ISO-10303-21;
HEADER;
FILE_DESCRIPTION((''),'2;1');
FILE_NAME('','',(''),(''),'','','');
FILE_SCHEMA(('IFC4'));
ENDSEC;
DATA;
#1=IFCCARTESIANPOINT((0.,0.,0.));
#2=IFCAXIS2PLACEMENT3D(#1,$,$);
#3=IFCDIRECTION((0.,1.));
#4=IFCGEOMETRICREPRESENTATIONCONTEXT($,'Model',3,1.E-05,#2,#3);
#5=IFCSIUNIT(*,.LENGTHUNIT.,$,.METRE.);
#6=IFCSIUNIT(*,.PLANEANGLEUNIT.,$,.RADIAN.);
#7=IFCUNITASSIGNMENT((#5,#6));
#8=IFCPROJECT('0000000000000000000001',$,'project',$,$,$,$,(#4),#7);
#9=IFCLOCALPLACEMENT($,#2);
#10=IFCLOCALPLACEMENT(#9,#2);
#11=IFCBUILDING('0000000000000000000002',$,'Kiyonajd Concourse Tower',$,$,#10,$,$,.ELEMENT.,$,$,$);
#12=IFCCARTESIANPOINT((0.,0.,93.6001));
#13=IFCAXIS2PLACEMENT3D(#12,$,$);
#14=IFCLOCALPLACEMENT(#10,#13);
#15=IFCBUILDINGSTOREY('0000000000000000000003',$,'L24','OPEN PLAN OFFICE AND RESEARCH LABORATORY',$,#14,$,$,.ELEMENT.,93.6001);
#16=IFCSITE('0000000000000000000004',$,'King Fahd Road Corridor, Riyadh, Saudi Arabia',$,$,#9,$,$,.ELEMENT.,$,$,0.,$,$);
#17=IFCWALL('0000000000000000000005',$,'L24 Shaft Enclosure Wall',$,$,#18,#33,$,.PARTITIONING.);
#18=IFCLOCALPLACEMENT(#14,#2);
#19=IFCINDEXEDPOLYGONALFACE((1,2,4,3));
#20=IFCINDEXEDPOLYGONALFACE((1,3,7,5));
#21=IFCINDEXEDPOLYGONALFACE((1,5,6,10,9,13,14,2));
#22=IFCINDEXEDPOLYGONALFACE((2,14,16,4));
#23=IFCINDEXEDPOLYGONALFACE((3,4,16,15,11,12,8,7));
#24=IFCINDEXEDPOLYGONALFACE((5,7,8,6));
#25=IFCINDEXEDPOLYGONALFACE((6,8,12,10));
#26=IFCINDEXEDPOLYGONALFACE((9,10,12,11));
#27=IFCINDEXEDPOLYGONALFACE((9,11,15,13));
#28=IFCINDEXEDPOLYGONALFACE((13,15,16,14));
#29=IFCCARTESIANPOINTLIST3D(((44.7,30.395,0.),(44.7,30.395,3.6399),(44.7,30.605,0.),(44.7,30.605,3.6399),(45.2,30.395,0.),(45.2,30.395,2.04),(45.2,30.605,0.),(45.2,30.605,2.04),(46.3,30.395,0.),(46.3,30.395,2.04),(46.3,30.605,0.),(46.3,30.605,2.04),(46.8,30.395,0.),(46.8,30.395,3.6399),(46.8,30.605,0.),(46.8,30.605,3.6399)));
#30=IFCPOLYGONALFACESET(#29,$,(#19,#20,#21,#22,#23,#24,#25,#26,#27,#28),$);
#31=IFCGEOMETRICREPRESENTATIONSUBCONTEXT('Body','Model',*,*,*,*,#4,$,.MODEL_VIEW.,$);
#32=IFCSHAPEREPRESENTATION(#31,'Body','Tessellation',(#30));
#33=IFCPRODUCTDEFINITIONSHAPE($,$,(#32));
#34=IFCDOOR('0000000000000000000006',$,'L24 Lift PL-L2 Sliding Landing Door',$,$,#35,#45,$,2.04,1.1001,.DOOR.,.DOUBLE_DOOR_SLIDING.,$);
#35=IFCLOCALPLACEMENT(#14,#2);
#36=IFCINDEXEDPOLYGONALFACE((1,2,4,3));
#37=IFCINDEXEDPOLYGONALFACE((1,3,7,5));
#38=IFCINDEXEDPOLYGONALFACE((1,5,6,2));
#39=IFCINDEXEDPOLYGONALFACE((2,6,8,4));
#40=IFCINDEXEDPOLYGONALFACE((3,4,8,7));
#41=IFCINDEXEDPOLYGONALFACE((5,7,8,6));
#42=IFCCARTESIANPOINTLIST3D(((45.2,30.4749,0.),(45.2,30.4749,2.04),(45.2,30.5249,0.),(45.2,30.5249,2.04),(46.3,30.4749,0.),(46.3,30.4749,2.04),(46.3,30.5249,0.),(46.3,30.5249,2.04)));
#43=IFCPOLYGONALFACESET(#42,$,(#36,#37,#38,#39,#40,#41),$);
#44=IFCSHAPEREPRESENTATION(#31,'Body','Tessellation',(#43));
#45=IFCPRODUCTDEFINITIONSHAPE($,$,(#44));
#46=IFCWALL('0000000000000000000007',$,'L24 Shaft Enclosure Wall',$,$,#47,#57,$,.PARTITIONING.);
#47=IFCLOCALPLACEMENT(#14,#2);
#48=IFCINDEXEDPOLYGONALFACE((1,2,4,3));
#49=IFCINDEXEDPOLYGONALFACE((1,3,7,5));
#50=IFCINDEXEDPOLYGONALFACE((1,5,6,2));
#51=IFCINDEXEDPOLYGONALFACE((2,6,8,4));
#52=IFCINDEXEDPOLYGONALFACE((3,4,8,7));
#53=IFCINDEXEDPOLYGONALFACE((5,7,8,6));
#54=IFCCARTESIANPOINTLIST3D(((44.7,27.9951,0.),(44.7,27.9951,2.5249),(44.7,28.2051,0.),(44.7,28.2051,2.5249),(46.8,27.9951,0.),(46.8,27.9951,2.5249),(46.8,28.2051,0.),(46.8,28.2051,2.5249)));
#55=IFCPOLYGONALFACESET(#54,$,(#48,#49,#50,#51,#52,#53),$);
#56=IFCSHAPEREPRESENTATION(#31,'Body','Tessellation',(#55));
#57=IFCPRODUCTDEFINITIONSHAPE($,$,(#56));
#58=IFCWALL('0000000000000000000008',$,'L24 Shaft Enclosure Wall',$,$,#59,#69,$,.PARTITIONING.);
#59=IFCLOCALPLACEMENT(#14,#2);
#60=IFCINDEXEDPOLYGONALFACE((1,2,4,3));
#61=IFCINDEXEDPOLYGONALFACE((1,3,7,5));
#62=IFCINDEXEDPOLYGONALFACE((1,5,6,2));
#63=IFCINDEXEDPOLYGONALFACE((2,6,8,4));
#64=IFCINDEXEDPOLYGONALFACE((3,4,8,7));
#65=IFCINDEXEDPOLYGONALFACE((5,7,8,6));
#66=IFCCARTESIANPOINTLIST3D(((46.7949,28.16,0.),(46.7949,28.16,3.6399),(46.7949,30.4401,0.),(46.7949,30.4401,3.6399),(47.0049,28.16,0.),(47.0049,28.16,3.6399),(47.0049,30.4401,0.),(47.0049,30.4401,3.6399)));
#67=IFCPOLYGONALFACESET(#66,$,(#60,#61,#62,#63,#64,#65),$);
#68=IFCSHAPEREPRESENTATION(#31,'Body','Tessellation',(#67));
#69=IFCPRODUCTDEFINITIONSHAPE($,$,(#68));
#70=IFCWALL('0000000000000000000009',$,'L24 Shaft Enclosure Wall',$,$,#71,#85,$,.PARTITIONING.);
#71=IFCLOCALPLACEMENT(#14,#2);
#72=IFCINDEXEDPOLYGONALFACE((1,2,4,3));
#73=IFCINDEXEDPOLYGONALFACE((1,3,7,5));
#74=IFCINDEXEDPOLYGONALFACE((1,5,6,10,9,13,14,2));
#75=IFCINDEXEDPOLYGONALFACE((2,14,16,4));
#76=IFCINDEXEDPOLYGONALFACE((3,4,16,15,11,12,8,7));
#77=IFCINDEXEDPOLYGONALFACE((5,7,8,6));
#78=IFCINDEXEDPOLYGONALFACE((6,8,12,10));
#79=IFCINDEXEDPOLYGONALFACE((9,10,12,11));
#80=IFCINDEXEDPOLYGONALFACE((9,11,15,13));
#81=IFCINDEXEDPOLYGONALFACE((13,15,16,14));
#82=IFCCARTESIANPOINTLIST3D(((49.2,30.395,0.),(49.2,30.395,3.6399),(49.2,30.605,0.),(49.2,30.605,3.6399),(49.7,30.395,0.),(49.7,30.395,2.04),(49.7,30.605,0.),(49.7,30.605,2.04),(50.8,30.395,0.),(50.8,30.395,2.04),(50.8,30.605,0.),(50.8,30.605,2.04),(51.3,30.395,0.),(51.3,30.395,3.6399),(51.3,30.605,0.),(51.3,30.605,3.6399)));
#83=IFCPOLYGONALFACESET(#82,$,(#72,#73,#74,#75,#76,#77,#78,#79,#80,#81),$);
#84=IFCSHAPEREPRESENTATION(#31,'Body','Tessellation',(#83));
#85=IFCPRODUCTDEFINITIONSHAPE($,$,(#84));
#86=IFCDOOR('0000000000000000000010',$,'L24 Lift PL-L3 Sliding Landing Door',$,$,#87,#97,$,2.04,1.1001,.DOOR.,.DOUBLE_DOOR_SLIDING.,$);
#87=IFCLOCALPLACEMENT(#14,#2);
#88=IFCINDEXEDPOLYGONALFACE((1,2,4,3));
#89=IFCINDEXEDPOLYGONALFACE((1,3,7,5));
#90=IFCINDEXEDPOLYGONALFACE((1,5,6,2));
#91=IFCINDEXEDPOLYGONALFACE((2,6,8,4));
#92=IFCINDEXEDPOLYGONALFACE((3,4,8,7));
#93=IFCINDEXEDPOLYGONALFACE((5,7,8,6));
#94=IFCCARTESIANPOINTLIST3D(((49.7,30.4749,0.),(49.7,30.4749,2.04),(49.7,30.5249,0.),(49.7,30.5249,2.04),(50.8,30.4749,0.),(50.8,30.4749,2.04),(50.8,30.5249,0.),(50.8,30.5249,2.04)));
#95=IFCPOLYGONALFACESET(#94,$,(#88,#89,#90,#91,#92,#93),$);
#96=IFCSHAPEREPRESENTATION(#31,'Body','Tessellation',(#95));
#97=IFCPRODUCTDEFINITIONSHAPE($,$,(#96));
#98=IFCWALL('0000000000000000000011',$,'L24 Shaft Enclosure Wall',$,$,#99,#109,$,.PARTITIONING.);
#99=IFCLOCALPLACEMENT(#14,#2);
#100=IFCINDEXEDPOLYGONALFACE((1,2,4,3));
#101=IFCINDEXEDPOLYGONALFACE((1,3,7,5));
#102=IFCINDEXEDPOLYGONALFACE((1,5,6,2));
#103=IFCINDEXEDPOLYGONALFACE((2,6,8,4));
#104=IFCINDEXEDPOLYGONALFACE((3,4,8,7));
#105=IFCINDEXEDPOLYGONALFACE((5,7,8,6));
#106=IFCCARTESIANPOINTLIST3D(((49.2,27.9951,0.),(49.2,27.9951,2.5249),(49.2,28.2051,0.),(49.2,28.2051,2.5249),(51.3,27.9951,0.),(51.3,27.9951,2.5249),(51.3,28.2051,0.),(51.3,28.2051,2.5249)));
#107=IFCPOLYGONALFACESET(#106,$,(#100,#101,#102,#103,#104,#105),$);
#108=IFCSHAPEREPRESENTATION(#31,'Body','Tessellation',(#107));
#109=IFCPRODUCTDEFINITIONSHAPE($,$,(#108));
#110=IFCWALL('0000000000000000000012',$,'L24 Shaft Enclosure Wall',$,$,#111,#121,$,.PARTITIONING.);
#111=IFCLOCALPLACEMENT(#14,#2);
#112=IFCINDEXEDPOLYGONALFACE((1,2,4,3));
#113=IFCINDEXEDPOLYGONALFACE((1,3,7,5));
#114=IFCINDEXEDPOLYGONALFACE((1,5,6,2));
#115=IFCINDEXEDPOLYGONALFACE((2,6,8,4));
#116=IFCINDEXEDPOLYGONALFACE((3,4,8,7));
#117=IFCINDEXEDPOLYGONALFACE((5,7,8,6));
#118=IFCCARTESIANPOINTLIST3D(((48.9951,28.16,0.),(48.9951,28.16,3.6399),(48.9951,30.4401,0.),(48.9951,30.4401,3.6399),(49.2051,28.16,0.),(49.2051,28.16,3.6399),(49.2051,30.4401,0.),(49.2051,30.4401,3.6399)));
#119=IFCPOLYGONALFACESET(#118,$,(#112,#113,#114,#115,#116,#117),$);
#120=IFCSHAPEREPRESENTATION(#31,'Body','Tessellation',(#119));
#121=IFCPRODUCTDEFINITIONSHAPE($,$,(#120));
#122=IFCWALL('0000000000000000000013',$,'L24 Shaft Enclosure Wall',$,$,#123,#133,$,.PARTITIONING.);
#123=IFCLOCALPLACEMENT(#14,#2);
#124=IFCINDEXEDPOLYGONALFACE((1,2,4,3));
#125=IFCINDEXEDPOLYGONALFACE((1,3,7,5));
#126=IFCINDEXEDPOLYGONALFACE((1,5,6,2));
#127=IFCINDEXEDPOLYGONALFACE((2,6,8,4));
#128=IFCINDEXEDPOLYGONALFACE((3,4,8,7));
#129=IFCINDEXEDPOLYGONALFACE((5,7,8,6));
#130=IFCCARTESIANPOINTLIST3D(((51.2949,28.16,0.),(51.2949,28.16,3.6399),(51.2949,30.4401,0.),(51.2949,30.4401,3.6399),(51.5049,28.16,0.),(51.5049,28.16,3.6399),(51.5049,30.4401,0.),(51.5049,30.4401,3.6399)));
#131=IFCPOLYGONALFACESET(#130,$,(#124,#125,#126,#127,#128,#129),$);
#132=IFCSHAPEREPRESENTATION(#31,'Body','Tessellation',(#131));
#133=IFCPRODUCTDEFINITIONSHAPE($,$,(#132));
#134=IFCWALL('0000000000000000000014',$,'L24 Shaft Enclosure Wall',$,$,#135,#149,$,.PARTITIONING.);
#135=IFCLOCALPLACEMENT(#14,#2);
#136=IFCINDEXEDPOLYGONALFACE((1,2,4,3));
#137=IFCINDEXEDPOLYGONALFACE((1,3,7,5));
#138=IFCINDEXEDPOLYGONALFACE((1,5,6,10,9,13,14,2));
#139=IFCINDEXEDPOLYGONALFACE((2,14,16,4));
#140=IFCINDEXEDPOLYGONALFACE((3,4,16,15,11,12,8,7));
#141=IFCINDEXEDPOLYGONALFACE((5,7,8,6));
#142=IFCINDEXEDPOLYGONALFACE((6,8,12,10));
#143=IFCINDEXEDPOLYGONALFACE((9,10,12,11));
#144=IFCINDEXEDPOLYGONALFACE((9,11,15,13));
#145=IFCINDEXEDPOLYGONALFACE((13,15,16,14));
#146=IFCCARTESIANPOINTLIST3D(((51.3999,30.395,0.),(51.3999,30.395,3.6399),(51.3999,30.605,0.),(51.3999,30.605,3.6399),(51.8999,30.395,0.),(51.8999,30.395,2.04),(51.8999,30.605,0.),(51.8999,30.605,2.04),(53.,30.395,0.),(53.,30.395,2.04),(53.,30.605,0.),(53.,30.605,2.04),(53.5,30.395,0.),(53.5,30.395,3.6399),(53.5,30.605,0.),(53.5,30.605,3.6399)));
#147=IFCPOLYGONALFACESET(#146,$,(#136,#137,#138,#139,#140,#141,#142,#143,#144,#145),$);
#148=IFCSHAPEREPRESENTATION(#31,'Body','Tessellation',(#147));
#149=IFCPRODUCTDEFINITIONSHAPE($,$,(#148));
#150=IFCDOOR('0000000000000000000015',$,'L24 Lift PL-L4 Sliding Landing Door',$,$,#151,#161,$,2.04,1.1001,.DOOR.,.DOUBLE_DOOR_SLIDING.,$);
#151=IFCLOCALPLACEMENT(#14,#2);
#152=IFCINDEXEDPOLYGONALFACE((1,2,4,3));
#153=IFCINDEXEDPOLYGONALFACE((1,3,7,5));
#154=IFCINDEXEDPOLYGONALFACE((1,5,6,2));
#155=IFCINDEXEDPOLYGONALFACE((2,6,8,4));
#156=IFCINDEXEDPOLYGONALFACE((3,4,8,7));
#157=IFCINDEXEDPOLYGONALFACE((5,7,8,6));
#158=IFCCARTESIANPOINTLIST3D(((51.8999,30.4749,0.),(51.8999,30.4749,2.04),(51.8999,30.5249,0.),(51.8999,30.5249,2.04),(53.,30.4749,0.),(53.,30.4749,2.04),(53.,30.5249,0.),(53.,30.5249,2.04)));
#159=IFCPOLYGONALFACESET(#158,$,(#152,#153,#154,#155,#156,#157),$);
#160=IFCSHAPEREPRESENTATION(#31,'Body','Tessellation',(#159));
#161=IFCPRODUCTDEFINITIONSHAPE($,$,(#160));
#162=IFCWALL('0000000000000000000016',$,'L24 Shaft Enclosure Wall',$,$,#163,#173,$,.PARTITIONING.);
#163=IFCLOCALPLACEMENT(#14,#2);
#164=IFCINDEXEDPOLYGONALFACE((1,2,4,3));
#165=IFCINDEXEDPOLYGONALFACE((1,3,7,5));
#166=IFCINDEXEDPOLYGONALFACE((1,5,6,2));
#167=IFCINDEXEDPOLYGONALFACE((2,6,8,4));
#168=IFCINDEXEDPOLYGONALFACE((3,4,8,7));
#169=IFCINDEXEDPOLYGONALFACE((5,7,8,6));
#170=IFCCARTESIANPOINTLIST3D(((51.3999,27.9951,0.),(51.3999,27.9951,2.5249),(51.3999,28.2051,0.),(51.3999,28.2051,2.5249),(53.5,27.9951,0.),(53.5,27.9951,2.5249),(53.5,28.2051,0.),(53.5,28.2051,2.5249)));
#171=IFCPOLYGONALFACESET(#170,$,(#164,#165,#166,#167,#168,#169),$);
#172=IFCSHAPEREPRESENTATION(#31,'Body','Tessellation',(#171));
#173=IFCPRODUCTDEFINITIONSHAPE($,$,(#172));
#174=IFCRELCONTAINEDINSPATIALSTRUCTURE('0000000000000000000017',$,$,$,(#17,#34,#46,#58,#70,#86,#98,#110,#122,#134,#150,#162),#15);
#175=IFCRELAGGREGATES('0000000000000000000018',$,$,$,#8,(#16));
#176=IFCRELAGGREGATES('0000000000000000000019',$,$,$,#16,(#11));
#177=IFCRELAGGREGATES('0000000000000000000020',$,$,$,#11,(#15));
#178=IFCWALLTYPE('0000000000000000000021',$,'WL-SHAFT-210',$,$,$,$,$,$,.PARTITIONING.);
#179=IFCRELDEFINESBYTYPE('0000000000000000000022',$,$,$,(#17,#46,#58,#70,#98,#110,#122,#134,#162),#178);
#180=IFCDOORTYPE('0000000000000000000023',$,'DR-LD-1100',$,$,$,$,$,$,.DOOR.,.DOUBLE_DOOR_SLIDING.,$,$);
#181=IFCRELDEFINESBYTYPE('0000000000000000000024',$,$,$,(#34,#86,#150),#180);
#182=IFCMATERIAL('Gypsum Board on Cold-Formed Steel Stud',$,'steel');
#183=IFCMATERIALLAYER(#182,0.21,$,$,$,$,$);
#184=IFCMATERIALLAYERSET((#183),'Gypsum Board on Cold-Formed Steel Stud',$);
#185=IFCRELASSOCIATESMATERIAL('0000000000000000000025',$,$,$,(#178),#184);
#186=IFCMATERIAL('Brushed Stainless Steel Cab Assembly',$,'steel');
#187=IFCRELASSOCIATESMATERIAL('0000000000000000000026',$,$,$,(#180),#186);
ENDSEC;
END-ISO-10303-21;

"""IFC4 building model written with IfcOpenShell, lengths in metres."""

from ifc_helpers import new_model, si_unit, direction, frame, frame_2d, origin, place, context, subcontext, project, spatial, rectangle, extrude, material, layer, layer_set, type_object, element, fill, save


model = new_model("IFC4")

# Units and contexts
model_context = context("Model", 3, precision=1e-05, world=origin(), true_north=direction((0.0, 1.0)))
body_context = subcontext(model_context, "Body", "Model", "MODEL_VIEW")
ifc_project = project(units=[si_unit("LENGTHUNIT", "METRE"), si_unit("PLANEANGLEUNIT", "RADIAN")], contexts=[model_context])

# Site, building, storey
site_placement = place(None, origin())
site = spatial("IfcSite", under=ifc_project, at=site_placement, Name="King Fahd Road Corridor, Riyadh, Saudi Arabia", CompositionType="ELEMENT", RefElevation=0.0)
building_placement = place(site_placement, origin())
building = spatial("IfcBuilding", under=site, at=building_placement, Name="Kiyonajd Concourse Tower", CompositionType="ELEMENT")
storey_placement = place(building_placement, frame((0.0, 0.0, 93.6001)))
storey = spatial("IfcBuildingStorey", under=building, at=storey_placement, Name="L24", Description="OPEN PLAN OFFICE AND RESEARCH LABORATORY", CompositionType="ELEMENT", Elevation=93.6001)

# Shared definitions
ifc_material_1 = material(Name="Brushed Stainless Steel Cab Assembly", Category="steel")
ifc_material_2 = material(Name="Gypsum Board on Cold-Formed Steel Stud", Category="steel")
ifc_layer_1 = layer(ifc_material_2, 0.21)
ifc_layer_set_1 = layer_set([ifc_layer_1], Name="Gypsum Board on Cold-Formed Steel Stud")
wall_type_1 = type_object("IfcWallType", Name="WL-SHAFT-210", PredefinedType="PARTITIONING", material=ifc_layer_set_1)

# Wall, opening, door
wall_1_placement = place(storey_placement, frame((44.7, 30.5, 0.0), z_axis=(0.0, 0.0, 1.0), x_axis=(1.0, 0.0, 0.0)))
wall_1 = element("IfcWall", 1, at=wall_1_placement, inside=storey, type_object=wall_type_1, Name="L24 Shaft Enclosure Wall", PredefinedType="PARTITIONING", context=body_context, shape_type="SweptSolid", body=[
    extrude(rectangle(XDim=2.1001, YDim=0.21, at=frame_2d((1.05, 0.0))), origin(), (0.0, 0.0, 1.0), 3.6399),
])
opening_1_placement = place(wall_1_placement, frame((0.5, 0.0, 0.0)))
opening_1 = element("IfcOpeningElement", 2, at=opening_1_placement, cuts=wall_1, PredefinedType="OPENING", context=body_context, shape_type="SweptSolid", body=[
    extrude(rectangle(XDim=1.1001, YDim=2.04, at=frame_2d((0.55, 1.02))), frame((0.0, 0.115, 0.0), z_axis=(0.0, -1.0, 0.0), x_axis=(1.0, 0.0, 0.0)), (0.0, 0.0, 1.0), 0.23),
])
door_type_1 = type_object("IfcDoorType", Name="DR-LD-1100", OperationType="DOUBLE_DOOR_SLIDING", PredefinedType="DOOR", material=ifc_material_1)
door_1_placement = place(opening_1_placement, origin())
door_1 = element("IfcDoor", 3, at=door_1_placement, inside=storey, type_object=door_type_1, Name="L24 Lift PL-L2 Sliding Landing Door", OperationType="DOUBLE_DOOR_SLIDING", OverallHeight=2.04, OverallWidth=1.1001, PredefinedType="DOOR", context=body_context, shape_type="SweptSolid", body=[
    extrude(rectangle(XDim=1.1001, YDim=2.04, at=frame_2d((0.55, 1.02))), frame((0.0, 0.0249, 0.0), z_axis=(0.0, -1.0, 0.0), x_axis=(1.0, 0.0, 0.0)), (0.0, 0.0, 1.0), 0.05),
])
fill(opening_1, door_1)

# Walls
wall_2_placement = place(storey_placement, frame((44.7, 28.1001, 0.0), z_axis=(0.0, 0.0, 1.0), x_axis=(1.0, 0.0, 0.0)))
element("IfcWall", 4, at=wall_2_placement, inside=storey, type_object=wall_type_1, Name="L24 Shaft Enclosure Wall", PredefinedType="PARTITIONING", context=body_context, shape_type="SweptSolid", body=[
    extrude(rectangle(XDim=2.1001, YDim=0.21, at=frame_2d((1.05, 0.0))), origin(), (0.0, 0.0, 1.0), 2.5249),
])
wall_3_placement = place(storey_placement, frame((46.8999, 28.1599, 0.0), z_axis=(0.0, 0.0, 1.0), x_axis=(0.0, 1.0, 0.0)))
element("IfcWall", 5, at=wall_3_placement, inside=storey, type_object=wall_type_1, Name="L24 Shaft Enclosure Wall", PredefinedType="PARTITIONING", context=body_context, shape_type="SweptSolid", body=[
    extrude(rectangle(XDim=2.28, YDim=0.21, at=frame_2d((1.1401, 0.0))), origin(), (0.0, 0.0, 1.0), 3.6399),
])

# Wall, opening, door
wall_4_placement = place(storey_placement, frame((49.2, 30.5, 0.0), z_axis=(0.0, 0.0, 1.0), x_axis=(1.0, 0.0, 0.0)))
wall_4 = element("IfcWall", 6, at=wall_4_placement, inside=storey, type_object=wall_type_1, Name="L24 Shaft Enclosure Wall", PredefinedType="PARTITIONING", context=body_context, shape_type="SweptSolid", body=[
    extrude(rectangle(XDim=2.1001, YDim=0.21, at=frame_2d((1.05, 0.0))), origin(), (0.0, 0.0, 1.0), 3.6399),
])
opening_2_placement = place(wall_4_placement, frame((0.5, 0.0, 0.0)))
opening_2 = element("IfcOpeningElement", 7, at=opening_2_placement, cuts=wall_4, PredefinedType="OPENING", context=body_context, shape_type="SweptSolid", body=[
    extrude(rectangle(XDim=1.1001, YDim=2.04, at=frame_2d((0.55, 1.02))), frame((0.0, 0.115, 0.0), z_axis=(0.0, -1.0, 0.0), x_axis=(1.0, 0.0, 0.0)), (0.0, 0.0, 1.0), 0.23),
])
door_2_placement = place(opening_2_placement, origin())
door_2 = element("IfcDoor", 8, at=door_2_placement, inside=storey, type_object=door_type_1, Name="L24 Lift PL-L3 Sliding Landing Door", OperationType="DOUBLE_DOOR_SLIDING", OverallHeight=2.04, OverallWidth=1.1001, PredefinedType="DOOR", context=body_context, shape_type="SweptSolid", body=[
    extrude(rectangle(XDim=1.1001, YDim=2.04, at=frame_2d((0.55, 1.02))), frame((0.0, 0.0249, 0.0), z_axis=(0.0, -1.0, 0.0), x_axis=(1.0, 0.0, 0.0)), (0.0, 0.0, 1.0), 0.05),
])
fill(opening_2, door_2)

# Walls
wall_5_placement = place(storey_placement, frame((49.2, 28.1001, 0.0), z_axis=(0.0, 0.0, 1.0), x_axis=(1.0, 0.0, 0.0)))
element("IfcWall", 9, at=wall_5_placement, inside=storey, type_object=wall_type_1, Name="L24 Shaft Enclosure Wall", PredefinedType="PARTITIONING", context=body_context, shape_type="SweptSolid", body=[
    extrude(rectangle(XDim=2.1001, YDim=0.21, at=frame_2d((1.05, 0.0))), origin(), (0.0, 0.0, 1.0), 2.5249),
])
for number, where, z_axis, x_axis, name in (
    (10, (49.1001, 28.1599, 0.0), (0.0, 0.0, 1.0), (0.0, 1.0, 0.0), "L24 Shaft Enclosure Wall"),
    (11, (51.3999, 28.1599, 0.0), (0.0, 0.0, 1.0), (0.0, 1.0, 0.0), "L24 Shaft Enclosure Wall"),
):
    element("IfcWall", number, at=place(storey_placement, frame(where, z_axis=z_axis, x_axis=x_axis)), inside=storey, type_object=wall_type_1, Name=name, PredefinedType="PARTITIONING", context=body_context, shape_type="SweptSolid", body=[
        extrude(rectangle(XDim=2.28, YDim=0.21, at=frame_2d((1.1401, 0.0))), origin(), (0.0, 0.0, 1.0), 3.6399),
    ])

# Wall, opening, door
wall_6_placement = place(storey_placement, frame((51.3999, 30.5, 0.0), z_axis=(0.0, 0.0, 1.0), x_axis=(1.0, 0.0, 0.0)))
wall_6 = element("IfcWall", 12, at=wall_6_placement, inside=storey, type_object=wall_type_1, Name="L24 Shaft Enclosure Wall", PredefinedType="PARTITIONING", context=body_context, shape_type="SweptSolid", body=[
    extrude(rectangle(XDim=2.1001, YDim=0.21, at=frame_2d((1.05, 0.0))), origin(), (0.0, 0.0, 1.0), 3.6399),
])
opening_3_placement = place(wall_6_placement, frame((0.5, 0.0, 0.0)))
opening_3 = element("IfcOpeningElement", 13, at=opening_3_placement, cuts=wall_6, PredefinedType="OPENING", context=body_context, shape_type="SweptSolid", body=[
    extrude(rectangle(XDim=1.1001, YDim=2.04, at=frame_2d((0.55, 1.02))), frame((0.0, 0.115, 0.0), z_axis=(0.0, -1.0, 0.0), x_axis=(1.0, 0.0, 0.0)), (0.0, 0.0, 1.0), 0.23),
])
door_3_placement = place(opening_3_placement, origin())
door_3 = element("IfcDoor", 14, at=door_3_placement, inside=storey, type_object=door_type_1, Name="L24 Lift PL-L4 Sliding Landing Door", OperationType="DOUBLE_DOOR_SLIDING", OverallHeight=2.04, OverallWidth=1.1001, PredefinedType="DOOR", context=body_context, shape_type="SweptSolid", body=[
    extrude(rectangle(XDim=1.1001, YDim=2.04, at=frame_2d((0.55, 1.02))), frame((0.0, 0.0249, 0.0), z_axis=(0.0, -1.0, 0.0), x_axis=(1.0, 0.0, 0.0)), (0.0, 0.0, 1.0), 0.05),
])
fill(opening_3, door_3)

# Wall
wall_7_placement = place(storey_placement, frame((51.3999, 28.1001, 0.0), z_axis=(0.0, 0.0, 1.0), x_axis=(1.0, 0.0, 0.0)))
element("IfcWall", 15, at=wall_7_placement, inside=storey, type_object=wall_type_1, Name="L24 Shaft Enclosure Wall", PredefinedType="PARTITIONING", context=body_context, shape_type="SweptSolid", body=[
    extrude(rectangle(XDim=2.1001, YDim=0.21, at=frame_2d((1.05, 0.0))), origin(), (0.0, 0.0, 1.0), 2.5249),
])

save(model, "model.ifc")
